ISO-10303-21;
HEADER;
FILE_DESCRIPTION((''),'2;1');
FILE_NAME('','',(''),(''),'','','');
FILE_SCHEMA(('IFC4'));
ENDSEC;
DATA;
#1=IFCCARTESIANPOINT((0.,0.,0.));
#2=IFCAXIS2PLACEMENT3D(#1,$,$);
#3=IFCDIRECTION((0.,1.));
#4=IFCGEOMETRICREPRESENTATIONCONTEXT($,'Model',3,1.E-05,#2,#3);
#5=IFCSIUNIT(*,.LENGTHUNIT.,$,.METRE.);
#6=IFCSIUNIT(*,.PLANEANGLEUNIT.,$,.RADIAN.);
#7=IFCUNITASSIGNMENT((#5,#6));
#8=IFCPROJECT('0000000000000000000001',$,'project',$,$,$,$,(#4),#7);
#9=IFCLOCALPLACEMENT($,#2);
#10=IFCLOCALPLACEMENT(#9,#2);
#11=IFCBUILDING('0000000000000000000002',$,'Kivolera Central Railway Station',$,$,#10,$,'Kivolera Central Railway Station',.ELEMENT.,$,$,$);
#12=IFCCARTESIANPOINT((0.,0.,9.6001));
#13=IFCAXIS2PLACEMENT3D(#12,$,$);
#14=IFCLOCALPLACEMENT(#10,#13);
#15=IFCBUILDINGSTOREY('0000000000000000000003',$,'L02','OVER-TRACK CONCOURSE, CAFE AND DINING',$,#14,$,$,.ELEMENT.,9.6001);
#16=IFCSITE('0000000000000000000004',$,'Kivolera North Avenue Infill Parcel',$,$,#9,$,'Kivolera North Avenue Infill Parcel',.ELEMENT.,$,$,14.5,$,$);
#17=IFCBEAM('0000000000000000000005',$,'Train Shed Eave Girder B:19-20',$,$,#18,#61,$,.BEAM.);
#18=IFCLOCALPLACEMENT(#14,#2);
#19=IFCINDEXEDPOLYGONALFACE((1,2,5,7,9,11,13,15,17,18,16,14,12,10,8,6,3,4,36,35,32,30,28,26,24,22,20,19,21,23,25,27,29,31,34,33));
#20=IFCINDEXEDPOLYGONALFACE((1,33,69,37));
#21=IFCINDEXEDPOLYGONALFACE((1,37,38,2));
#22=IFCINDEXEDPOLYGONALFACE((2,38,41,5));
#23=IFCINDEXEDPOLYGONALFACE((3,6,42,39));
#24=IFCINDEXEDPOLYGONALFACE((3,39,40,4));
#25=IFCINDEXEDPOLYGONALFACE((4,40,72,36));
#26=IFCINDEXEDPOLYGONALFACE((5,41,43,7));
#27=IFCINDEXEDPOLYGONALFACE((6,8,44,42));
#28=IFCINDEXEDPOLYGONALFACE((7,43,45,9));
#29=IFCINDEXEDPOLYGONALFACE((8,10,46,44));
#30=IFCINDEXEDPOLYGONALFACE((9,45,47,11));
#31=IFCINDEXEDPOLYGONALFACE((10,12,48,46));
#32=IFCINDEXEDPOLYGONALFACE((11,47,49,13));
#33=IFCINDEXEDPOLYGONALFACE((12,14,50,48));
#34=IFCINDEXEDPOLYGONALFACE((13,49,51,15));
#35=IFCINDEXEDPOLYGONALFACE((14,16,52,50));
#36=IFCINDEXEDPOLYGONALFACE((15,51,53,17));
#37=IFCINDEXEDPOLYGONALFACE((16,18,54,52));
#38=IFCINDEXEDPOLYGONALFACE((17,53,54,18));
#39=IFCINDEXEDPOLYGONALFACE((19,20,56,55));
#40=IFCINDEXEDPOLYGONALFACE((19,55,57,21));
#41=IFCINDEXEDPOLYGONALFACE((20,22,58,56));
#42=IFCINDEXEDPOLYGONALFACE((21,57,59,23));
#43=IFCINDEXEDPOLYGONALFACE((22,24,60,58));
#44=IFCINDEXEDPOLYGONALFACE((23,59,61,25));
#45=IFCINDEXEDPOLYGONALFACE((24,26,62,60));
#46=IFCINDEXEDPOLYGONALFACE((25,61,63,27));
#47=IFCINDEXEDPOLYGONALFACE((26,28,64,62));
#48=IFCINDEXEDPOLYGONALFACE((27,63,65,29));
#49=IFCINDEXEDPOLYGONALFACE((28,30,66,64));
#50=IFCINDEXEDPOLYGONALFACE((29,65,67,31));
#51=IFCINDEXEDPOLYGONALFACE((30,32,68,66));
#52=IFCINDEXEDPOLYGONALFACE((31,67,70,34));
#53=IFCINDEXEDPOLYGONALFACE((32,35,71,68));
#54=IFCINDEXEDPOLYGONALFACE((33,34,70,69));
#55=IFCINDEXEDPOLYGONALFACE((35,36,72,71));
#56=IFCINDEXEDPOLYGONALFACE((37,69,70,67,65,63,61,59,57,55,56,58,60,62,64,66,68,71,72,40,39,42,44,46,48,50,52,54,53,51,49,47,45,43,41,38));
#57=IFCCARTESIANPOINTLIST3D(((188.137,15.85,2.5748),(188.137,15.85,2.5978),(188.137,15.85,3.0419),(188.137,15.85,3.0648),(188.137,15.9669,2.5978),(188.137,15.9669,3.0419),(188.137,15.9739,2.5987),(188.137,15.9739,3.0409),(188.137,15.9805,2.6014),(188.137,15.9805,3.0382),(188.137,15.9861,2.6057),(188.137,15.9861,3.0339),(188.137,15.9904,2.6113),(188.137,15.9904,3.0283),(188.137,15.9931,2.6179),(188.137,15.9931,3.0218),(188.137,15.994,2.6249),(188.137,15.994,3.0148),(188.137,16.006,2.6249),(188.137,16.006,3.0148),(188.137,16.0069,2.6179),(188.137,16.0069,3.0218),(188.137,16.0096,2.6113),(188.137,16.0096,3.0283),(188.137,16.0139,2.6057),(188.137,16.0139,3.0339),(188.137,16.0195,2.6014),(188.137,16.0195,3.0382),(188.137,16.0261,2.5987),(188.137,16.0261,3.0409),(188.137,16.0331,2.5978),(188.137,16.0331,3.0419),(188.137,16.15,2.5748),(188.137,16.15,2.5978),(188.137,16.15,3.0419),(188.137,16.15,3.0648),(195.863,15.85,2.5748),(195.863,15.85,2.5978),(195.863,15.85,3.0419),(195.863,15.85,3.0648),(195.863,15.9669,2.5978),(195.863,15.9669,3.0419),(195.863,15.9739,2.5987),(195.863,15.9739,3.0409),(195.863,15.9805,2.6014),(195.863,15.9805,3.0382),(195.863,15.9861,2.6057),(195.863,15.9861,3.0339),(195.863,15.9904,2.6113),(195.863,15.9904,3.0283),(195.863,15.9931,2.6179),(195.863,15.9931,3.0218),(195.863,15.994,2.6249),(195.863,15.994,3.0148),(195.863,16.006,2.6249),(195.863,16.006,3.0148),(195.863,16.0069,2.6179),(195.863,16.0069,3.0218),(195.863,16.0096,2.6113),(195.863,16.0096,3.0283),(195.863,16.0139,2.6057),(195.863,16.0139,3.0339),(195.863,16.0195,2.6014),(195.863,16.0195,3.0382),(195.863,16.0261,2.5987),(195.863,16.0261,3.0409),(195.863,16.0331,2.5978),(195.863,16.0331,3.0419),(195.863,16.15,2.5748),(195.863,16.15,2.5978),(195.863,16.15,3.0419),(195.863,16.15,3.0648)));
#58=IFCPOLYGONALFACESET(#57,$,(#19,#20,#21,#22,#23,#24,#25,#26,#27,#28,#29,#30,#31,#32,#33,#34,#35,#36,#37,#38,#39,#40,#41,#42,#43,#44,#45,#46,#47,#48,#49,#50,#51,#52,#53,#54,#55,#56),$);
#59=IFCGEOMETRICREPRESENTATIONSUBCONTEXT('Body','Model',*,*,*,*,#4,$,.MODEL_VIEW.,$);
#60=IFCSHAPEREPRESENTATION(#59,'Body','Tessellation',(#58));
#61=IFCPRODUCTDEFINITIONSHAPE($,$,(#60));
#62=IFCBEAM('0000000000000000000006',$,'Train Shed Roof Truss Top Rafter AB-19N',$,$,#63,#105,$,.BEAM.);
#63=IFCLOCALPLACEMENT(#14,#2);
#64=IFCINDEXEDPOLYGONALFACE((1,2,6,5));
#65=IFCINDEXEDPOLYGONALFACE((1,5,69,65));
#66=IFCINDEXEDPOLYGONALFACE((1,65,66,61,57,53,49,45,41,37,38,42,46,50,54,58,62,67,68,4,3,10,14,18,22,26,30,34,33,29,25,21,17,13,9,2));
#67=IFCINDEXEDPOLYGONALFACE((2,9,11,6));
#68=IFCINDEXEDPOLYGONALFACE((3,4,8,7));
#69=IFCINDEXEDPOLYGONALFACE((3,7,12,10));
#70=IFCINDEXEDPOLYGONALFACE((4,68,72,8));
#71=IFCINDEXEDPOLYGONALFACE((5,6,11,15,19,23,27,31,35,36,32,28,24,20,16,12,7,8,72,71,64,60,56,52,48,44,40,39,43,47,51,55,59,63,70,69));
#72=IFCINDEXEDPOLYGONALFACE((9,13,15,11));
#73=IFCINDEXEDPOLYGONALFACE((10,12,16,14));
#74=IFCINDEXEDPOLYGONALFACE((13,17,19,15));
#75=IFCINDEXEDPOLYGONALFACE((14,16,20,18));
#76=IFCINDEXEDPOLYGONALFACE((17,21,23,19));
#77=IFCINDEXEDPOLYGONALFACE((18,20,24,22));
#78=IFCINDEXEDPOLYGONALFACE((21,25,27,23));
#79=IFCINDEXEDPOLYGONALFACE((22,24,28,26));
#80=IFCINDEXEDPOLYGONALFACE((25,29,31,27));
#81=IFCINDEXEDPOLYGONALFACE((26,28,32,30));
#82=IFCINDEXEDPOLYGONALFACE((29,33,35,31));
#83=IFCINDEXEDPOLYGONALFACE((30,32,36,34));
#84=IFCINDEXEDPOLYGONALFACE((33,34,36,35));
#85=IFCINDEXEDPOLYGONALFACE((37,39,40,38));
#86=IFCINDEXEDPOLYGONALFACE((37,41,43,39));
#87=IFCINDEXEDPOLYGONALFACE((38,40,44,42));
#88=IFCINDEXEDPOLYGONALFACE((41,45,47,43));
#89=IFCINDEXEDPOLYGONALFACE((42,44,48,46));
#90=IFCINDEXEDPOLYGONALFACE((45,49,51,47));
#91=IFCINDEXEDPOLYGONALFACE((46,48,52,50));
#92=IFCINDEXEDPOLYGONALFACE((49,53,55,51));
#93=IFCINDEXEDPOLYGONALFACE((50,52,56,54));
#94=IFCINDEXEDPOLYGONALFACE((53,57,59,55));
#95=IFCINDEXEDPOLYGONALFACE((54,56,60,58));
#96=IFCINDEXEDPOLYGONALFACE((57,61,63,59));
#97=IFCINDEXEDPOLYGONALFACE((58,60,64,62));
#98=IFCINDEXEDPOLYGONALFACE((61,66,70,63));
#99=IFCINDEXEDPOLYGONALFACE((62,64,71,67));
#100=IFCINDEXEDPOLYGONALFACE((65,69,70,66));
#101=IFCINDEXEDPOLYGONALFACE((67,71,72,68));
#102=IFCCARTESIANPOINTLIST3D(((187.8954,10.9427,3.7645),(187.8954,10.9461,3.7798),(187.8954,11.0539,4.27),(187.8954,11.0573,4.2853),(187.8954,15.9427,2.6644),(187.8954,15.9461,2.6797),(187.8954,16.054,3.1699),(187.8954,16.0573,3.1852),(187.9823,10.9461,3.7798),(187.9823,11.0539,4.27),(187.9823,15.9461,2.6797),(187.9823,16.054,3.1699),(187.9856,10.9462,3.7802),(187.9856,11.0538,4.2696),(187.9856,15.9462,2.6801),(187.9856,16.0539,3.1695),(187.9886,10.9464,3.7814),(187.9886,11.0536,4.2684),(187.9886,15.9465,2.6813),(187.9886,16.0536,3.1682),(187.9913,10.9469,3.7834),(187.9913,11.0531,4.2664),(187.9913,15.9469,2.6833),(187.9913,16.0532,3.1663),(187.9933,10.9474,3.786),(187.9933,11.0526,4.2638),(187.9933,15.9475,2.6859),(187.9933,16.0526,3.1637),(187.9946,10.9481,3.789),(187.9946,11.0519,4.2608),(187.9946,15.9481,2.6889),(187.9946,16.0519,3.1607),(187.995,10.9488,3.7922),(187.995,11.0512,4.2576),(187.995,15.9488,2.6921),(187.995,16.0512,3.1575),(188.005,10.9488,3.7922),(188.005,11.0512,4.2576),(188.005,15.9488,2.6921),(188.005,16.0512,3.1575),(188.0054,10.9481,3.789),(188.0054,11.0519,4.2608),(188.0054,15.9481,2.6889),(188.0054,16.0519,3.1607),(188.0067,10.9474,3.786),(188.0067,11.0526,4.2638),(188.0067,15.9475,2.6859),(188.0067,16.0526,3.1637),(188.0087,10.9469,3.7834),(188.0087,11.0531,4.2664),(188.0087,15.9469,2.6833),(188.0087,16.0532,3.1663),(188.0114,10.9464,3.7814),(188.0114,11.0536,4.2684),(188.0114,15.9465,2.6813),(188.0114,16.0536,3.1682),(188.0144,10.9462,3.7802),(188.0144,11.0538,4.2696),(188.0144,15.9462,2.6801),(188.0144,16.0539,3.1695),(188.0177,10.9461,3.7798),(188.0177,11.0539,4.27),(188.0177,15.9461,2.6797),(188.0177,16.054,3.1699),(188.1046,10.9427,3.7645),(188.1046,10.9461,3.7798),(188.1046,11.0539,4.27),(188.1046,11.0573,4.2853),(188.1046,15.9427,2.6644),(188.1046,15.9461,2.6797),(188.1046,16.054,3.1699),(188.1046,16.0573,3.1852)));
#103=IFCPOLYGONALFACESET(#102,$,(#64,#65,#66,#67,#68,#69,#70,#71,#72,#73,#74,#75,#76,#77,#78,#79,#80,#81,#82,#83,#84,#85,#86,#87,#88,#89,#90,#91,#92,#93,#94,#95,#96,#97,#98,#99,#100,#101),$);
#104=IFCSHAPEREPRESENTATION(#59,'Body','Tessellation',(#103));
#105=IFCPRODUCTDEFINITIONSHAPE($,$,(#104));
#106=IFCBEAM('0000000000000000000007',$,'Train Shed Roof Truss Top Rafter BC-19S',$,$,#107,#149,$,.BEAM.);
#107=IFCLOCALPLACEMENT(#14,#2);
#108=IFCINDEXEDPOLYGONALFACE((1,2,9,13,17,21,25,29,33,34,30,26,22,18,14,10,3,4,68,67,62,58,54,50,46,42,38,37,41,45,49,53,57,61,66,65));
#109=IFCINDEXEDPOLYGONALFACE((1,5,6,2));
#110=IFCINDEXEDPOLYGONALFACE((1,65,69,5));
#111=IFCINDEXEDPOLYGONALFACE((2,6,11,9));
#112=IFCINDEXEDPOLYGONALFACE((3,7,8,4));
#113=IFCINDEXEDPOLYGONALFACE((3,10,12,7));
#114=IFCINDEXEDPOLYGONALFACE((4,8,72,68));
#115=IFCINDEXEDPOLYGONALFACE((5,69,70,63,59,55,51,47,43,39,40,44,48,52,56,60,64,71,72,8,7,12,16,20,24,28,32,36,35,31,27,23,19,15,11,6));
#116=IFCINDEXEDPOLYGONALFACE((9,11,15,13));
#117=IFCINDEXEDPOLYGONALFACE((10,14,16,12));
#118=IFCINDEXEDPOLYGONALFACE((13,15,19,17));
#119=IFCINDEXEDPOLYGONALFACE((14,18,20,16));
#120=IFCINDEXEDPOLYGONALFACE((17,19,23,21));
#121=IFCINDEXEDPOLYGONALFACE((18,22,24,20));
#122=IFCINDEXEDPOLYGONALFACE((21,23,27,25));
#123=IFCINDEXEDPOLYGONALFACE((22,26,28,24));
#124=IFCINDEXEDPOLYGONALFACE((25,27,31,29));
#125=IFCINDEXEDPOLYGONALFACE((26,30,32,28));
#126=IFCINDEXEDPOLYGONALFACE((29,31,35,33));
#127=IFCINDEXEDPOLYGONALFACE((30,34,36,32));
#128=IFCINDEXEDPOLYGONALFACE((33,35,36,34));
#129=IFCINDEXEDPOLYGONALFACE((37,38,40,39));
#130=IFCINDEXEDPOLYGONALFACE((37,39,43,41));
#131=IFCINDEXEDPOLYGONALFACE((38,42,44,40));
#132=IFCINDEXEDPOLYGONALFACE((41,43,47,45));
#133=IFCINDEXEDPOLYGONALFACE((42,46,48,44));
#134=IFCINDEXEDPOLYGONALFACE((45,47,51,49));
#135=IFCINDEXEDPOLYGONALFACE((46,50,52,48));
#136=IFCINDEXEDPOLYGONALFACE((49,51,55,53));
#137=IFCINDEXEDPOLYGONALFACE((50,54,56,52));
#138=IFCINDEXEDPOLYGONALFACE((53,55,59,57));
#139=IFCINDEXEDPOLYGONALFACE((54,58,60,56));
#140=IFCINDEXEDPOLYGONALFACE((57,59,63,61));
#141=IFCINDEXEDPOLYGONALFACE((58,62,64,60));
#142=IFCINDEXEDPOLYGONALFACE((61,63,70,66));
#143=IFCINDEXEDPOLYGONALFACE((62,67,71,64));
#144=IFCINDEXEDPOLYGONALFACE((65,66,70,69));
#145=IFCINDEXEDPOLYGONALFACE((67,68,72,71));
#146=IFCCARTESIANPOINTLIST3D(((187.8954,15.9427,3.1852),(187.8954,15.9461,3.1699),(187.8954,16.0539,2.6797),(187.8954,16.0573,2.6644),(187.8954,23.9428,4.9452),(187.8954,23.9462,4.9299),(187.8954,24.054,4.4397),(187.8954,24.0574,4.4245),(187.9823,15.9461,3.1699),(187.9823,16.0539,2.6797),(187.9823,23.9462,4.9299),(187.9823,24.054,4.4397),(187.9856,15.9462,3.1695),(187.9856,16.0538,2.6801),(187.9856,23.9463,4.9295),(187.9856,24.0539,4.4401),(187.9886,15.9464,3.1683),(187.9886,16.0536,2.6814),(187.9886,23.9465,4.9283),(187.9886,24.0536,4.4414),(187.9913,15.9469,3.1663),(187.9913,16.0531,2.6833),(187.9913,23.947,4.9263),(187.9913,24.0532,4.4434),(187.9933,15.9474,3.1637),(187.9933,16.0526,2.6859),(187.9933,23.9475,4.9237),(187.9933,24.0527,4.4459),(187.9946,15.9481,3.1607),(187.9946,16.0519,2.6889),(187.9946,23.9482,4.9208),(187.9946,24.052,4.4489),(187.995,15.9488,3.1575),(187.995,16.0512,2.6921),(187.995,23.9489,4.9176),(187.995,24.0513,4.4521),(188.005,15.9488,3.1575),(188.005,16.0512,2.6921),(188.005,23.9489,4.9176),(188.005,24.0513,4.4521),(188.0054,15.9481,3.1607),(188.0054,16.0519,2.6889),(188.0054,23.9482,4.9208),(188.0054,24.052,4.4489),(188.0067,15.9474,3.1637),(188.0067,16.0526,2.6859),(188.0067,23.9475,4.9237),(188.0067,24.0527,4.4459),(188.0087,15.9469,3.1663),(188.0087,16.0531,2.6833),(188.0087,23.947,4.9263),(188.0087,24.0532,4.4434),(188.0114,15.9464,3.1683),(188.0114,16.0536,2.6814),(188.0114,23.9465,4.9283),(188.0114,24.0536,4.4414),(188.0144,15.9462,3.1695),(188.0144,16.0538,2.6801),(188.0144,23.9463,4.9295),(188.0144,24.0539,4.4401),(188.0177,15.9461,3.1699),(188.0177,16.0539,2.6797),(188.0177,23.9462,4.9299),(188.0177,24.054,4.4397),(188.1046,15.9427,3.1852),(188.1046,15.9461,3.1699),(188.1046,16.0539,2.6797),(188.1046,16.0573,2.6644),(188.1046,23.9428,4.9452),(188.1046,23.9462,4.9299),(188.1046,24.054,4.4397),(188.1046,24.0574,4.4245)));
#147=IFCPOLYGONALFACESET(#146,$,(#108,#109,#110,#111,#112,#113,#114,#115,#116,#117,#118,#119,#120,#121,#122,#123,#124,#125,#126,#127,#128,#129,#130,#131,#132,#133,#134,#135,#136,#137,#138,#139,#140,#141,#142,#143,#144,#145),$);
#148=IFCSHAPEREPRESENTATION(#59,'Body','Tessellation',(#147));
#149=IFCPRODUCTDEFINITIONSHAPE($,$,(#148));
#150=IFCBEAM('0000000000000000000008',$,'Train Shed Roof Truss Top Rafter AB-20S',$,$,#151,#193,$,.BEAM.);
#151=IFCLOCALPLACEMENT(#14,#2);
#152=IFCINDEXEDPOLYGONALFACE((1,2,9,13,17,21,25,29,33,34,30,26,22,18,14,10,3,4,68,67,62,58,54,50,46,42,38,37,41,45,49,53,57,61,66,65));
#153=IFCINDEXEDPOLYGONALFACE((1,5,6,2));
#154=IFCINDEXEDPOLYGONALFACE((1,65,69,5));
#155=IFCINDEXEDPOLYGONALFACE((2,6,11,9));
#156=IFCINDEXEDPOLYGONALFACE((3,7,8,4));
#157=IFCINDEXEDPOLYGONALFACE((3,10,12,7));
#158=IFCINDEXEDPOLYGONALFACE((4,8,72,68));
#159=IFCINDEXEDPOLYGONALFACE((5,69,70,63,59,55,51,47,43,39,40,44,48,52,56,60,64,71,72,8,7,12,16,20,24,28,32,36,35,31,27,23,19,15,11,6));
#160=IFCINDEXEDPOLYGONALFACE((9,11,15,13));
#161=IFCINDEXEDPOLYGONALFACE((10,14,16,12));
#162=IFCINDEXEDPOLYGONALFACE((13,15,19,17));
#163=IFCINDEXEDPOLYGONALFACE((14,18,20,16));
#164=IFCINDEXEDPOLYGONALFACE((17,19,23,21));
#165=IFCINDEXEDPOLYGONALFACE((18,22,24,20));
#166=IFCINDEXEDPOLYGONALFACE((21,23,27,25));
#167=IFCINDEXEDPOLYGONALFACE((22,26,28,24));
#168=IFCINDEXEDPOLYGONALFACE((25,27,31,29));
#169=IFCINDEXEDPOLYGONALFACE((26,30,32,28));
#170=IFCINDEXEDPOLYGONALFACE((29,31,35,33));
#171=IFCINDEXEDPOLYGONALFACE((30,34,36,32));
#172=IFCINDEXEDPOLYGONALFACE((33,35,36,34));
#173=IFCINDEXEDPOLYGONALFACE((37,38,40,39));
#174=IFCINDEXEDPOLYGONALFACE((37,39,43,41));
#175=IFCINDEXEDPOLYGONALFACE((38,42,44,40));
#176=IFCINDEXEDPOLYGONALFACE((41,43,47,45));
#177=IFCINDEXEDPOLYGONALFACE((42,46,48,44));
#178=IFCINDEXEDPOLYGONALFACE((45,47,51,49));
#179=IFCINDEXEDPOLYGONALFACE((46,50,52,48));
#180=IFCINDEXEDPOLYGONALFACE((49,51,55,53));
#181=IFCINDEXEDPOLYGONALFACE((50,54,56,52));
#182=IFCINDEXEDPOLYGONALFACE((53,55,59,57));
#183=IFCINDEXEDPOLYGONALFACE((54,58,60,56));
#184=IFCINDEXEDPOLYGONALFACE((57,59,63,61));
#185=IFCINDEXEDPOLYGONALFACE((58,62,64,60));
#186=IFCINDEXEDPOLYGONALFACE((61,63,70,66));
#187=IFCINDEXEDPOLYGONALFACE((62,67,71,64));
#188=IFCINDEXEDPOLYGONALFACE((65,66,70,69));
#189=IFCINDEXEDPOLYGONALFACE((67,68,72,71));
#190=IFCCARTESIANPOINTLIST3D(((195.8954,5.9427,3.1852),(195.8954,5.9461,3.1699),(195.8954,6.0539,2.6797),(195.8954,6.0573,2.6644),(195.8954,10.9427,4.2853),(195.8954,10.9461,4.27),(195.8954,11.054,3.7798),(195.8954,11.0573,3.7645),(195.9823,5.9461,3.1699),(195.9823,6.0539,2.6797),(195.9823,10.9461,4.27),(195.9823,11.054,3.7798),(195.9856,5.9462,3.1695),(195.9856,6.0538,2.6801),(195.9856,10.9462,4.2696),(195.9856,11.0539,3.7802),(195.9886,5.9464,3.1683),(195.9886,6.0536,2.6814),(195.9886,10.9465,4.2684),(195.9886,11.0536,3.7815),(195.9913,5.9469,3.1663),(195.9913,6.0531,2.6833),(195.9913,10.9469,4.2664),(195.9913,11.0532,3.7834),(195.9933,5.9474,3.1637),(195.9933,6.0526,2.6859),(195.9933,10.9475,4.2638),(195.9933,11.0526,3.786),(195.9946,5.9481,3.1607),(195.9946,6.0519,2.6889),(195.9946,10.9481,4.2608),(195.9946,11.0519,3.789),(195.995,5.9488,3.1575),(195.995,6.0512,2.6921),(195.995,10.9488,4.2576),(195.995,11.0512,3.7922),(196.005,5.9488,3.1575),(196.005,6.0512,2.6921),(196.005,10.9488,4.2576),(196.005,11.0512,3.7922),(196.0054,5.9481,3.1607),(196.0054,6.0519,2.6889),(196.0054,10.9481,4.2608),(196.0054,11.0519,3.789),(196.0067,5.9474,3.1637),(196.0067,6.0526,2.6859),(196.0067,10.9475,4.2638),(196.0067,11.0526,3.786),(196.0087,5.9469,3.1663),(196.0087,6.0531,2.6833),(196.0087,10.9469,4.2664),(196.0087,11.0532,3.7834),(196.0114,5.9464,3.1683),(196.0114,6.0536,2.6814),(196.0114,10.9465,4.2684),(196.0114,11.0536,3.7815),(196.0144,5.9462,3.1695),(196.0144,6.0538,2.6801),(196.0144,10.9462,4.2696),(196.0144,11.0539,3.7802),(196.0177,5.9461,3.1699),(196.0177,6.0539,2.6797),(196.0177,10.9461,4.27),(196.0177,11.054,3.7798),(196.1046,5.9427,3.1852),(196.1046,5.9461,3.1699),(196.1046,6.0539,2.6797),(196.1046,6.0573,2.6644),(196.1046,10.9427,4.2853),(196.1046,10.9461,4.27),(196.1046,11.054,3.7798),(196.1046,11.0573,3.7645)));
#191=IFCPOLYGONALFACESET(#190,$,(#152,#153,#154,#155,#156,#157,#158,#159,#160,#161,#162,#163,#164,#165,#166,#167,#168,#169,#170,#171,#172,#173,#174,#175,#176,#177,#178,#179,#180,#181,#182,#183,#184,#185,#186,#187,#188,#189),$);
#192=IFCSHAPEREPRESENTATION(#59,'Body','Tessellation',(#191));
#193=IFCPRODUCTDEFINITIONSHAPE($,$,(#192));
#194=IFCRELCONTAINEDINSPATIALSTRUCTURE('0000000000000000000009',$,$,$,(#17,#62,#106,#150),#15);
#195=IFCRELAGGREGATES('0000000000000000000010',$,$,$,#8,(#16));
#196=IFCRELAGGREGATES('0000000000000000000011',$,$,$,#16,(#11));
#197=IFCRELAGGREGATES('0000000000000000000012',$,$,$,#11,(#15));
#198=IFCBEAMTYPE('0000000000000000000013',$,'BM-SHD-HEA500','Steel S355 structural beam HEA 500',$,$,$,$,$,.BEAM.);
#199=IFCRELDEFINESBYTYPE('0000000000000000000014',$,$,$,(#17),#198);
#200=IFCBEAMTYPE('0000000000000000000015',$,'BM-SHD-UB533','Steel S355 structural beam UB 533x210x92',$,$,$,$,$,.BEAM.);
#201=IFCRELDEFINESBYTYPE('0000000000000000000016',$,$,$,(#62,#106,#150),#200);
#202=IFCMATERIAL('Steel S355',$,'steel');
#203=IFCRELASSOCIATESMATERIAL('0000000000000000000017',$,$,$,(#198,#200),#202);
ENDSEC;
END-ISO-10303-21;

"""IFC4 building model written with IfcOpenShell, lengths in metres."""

from ifc_helpers import new_model, si_unit, direction, frame, origin, origin_2d, place, context, subcontext, project, spatial, i_section, extrude, material, material_profile, profile_set, type_object, element, save


model = new_model("IFC4")

# Units and contexts
model_context = context("Model", 3, precision=1e-05, world=origin(), true_north=direction((0.0, 1.0)))
body_context = subcontext(model_context, "Body", "Model", "MODEL_VIEW")
ifc_project = project(units=[si_unit("LENGTHUNIT", "METRE"), si_unit("PLANEANGLEUNIT", "RADIAN")], contexts=[model_context])

# Site, building, storey
site_placement = place(None, origin())
site = spatial("IfcSite", under=ifc_project, at=site_placement, Name="Kivolera North Avenue Infill Parcel", LongName="Kivolera North Avenue Infill Parcel", CompositionType="ELEMENT", RefElevation=14.5)
building_placement = place(site_placement, origin())
building = spatial("IfcBuilding", under=site, at=building_placement, Name="Kivolera Central Railway Station", LongName="Kivolera Central Railway Station", CompositionType="ELEMENT")
storey_placement = place(building_placement, frame((0.0, 0.0, 9.6001)))
storey = spatial("IfcBuildingStorey", under=building, at=storey_placement, Name="L02", Description="OVER-TRACK CONCOURSE, CAFE AND DINING", CompositionType="ELEMENT", Elevation=9.6001)

# Shared definitions
ifc_material_1 = material(Name="Steel S355", Category="steel")

# Beams
ifc_material_profile_1 = material_profile(ifc_material_1, i_section(OverallWidth=0.3, OverallDepth=0.49, WebThickness=0.012, FlangeThickness=0.0229, FilletRadius=0.0271, at=origin_2d()), Name="HEA 500")
ifc_profile_set_1 = profile_set([ifc_material_profile_1], Name="Steel S355")
beam_type_1 = type_object("IfcBeamType", Name="BM-SHD-HEA500", Description="Steel S355 structural beam HEA 500", PredefinedType="BEAM", material=ifc_profile_set_1)
for number, where, z_axis, x_axis, name in (
    (1, (188.137, 16.0, 2.8198), (1.0, 0.0, 0.0), (0.0, 1.0, 0.0), "Train Shed Eave Girder B:19-20"),
):
    element("IfcBeam", number, at=place(storey_placement, frame(where, z_axis=z_axis, x_axis=x_axis)), inside=storey, type_object=beam_type_1, Name=name, PredefinedType="BEAM", context=body_context, shape_type="SweptSolid", body=[
        extrude(i_section(OverallWidth=0.3, OverallDepth=0.49, WebThickness=0.012, FlangeThickness=0.0229, FilletRadius=0.0271, at=origin_2d()), origin(), (0.0, 0.0, 1.0), 7.7261),
    ])
ifc_material_profile_2 = material_profile(ifc_material_1, i_section(OverallWidth=0.2092, OverallDepth=0.5332, WebThickness=0.01, FlangeThickness=0.0156, FilletRadius=0.0127, at=origin_2d()), Name="UB 533x210x92")
ifc_profile_set_2 = profile_set([ifc_material_profile_2], Name="Steel S355")
beam_type_2 = type_object("IfcBeamType", Name="BM-SHD-UB533", Description="Steel S355 structural beam UB 533x210x92", PredefinedType="BEAM", material=ifc_profile_set_2)
beam_1_placement = place(storey_placement, frame((188.0, 11.0, 4.0249), z_axis=(0.0, 0.97664, -0.21488), x_axis=(-1.0, 0.0, 0.0)))
element("IfcBeam", 2, at=beam_1_placement, inside=storey, type_object=beam_type_2, Name="Train Shed Roof Truss Top Rafter AB-19N", PredefinedType="BEAM", context=body_context, shape_type="SweptSolid", body=[
    extrude(i_section(OverallWidth=0.2092, OverallDepth=0.5332, WebThickness=0.01, FlangeThickness=0.0156, FilletRadius=0.0127, at=origin_2d()), origin(), (0.0, 0.0, 1.0), 5.1196),
])
beam_2_placement = place(storey_placement, frame((188.0, 16.0, 2.9248), z_axis=(0.0, 0.976644, 0.214863), x_axis=(-1.0, 0.0, 0.0)))
element("IfcBeam", 3, at=beam_2_placement, inside=storey, type_object=beam_type_2, Name="Train Shed Roof Truss Top Rafter BC-19S", PredefinedType="BEAM", context=body_context, shape_type="SweptSolid", body=[
    extrude(i_section(OverallWidth=0.2092, OverallDepth=0.5332, WebThickness=0.01, FlangeThickness=0.0156, FilletRadius=0.0127, at=origin_2d()), origin(), (0.0, 0.0, 1.0), 8.1914),
])
for number, where, z_axis, x_axis, name in (
    (4, (196.0, 6.0, 2.9248), (0.0, 0.97664, 0.21488), (-1.0, 0.0, 0.0), "Train Shed Roof Truss Top Rafter AB-20S"),
):
    element("IfcBeam", number, at=place(storey_placement, frame(where, z_axis=z_axis, x_axis=x_axis)), inside=storey, type_object=beam_type_2, Name=name, PredefinedType="BEAM", context=body_context, shape_type="SweptSolid", body=[
        extrude(i_section(OverallWidth=0.2092, OverallDepth=0.5332, WebThickness=0.01, FlangeThickness=0.0156, FilletRadius=0.0127, at=origin_2d()), origin(), (0.0, 0.0, 1.0), 5.1196),
    ])

save(model, "model.ifc")
